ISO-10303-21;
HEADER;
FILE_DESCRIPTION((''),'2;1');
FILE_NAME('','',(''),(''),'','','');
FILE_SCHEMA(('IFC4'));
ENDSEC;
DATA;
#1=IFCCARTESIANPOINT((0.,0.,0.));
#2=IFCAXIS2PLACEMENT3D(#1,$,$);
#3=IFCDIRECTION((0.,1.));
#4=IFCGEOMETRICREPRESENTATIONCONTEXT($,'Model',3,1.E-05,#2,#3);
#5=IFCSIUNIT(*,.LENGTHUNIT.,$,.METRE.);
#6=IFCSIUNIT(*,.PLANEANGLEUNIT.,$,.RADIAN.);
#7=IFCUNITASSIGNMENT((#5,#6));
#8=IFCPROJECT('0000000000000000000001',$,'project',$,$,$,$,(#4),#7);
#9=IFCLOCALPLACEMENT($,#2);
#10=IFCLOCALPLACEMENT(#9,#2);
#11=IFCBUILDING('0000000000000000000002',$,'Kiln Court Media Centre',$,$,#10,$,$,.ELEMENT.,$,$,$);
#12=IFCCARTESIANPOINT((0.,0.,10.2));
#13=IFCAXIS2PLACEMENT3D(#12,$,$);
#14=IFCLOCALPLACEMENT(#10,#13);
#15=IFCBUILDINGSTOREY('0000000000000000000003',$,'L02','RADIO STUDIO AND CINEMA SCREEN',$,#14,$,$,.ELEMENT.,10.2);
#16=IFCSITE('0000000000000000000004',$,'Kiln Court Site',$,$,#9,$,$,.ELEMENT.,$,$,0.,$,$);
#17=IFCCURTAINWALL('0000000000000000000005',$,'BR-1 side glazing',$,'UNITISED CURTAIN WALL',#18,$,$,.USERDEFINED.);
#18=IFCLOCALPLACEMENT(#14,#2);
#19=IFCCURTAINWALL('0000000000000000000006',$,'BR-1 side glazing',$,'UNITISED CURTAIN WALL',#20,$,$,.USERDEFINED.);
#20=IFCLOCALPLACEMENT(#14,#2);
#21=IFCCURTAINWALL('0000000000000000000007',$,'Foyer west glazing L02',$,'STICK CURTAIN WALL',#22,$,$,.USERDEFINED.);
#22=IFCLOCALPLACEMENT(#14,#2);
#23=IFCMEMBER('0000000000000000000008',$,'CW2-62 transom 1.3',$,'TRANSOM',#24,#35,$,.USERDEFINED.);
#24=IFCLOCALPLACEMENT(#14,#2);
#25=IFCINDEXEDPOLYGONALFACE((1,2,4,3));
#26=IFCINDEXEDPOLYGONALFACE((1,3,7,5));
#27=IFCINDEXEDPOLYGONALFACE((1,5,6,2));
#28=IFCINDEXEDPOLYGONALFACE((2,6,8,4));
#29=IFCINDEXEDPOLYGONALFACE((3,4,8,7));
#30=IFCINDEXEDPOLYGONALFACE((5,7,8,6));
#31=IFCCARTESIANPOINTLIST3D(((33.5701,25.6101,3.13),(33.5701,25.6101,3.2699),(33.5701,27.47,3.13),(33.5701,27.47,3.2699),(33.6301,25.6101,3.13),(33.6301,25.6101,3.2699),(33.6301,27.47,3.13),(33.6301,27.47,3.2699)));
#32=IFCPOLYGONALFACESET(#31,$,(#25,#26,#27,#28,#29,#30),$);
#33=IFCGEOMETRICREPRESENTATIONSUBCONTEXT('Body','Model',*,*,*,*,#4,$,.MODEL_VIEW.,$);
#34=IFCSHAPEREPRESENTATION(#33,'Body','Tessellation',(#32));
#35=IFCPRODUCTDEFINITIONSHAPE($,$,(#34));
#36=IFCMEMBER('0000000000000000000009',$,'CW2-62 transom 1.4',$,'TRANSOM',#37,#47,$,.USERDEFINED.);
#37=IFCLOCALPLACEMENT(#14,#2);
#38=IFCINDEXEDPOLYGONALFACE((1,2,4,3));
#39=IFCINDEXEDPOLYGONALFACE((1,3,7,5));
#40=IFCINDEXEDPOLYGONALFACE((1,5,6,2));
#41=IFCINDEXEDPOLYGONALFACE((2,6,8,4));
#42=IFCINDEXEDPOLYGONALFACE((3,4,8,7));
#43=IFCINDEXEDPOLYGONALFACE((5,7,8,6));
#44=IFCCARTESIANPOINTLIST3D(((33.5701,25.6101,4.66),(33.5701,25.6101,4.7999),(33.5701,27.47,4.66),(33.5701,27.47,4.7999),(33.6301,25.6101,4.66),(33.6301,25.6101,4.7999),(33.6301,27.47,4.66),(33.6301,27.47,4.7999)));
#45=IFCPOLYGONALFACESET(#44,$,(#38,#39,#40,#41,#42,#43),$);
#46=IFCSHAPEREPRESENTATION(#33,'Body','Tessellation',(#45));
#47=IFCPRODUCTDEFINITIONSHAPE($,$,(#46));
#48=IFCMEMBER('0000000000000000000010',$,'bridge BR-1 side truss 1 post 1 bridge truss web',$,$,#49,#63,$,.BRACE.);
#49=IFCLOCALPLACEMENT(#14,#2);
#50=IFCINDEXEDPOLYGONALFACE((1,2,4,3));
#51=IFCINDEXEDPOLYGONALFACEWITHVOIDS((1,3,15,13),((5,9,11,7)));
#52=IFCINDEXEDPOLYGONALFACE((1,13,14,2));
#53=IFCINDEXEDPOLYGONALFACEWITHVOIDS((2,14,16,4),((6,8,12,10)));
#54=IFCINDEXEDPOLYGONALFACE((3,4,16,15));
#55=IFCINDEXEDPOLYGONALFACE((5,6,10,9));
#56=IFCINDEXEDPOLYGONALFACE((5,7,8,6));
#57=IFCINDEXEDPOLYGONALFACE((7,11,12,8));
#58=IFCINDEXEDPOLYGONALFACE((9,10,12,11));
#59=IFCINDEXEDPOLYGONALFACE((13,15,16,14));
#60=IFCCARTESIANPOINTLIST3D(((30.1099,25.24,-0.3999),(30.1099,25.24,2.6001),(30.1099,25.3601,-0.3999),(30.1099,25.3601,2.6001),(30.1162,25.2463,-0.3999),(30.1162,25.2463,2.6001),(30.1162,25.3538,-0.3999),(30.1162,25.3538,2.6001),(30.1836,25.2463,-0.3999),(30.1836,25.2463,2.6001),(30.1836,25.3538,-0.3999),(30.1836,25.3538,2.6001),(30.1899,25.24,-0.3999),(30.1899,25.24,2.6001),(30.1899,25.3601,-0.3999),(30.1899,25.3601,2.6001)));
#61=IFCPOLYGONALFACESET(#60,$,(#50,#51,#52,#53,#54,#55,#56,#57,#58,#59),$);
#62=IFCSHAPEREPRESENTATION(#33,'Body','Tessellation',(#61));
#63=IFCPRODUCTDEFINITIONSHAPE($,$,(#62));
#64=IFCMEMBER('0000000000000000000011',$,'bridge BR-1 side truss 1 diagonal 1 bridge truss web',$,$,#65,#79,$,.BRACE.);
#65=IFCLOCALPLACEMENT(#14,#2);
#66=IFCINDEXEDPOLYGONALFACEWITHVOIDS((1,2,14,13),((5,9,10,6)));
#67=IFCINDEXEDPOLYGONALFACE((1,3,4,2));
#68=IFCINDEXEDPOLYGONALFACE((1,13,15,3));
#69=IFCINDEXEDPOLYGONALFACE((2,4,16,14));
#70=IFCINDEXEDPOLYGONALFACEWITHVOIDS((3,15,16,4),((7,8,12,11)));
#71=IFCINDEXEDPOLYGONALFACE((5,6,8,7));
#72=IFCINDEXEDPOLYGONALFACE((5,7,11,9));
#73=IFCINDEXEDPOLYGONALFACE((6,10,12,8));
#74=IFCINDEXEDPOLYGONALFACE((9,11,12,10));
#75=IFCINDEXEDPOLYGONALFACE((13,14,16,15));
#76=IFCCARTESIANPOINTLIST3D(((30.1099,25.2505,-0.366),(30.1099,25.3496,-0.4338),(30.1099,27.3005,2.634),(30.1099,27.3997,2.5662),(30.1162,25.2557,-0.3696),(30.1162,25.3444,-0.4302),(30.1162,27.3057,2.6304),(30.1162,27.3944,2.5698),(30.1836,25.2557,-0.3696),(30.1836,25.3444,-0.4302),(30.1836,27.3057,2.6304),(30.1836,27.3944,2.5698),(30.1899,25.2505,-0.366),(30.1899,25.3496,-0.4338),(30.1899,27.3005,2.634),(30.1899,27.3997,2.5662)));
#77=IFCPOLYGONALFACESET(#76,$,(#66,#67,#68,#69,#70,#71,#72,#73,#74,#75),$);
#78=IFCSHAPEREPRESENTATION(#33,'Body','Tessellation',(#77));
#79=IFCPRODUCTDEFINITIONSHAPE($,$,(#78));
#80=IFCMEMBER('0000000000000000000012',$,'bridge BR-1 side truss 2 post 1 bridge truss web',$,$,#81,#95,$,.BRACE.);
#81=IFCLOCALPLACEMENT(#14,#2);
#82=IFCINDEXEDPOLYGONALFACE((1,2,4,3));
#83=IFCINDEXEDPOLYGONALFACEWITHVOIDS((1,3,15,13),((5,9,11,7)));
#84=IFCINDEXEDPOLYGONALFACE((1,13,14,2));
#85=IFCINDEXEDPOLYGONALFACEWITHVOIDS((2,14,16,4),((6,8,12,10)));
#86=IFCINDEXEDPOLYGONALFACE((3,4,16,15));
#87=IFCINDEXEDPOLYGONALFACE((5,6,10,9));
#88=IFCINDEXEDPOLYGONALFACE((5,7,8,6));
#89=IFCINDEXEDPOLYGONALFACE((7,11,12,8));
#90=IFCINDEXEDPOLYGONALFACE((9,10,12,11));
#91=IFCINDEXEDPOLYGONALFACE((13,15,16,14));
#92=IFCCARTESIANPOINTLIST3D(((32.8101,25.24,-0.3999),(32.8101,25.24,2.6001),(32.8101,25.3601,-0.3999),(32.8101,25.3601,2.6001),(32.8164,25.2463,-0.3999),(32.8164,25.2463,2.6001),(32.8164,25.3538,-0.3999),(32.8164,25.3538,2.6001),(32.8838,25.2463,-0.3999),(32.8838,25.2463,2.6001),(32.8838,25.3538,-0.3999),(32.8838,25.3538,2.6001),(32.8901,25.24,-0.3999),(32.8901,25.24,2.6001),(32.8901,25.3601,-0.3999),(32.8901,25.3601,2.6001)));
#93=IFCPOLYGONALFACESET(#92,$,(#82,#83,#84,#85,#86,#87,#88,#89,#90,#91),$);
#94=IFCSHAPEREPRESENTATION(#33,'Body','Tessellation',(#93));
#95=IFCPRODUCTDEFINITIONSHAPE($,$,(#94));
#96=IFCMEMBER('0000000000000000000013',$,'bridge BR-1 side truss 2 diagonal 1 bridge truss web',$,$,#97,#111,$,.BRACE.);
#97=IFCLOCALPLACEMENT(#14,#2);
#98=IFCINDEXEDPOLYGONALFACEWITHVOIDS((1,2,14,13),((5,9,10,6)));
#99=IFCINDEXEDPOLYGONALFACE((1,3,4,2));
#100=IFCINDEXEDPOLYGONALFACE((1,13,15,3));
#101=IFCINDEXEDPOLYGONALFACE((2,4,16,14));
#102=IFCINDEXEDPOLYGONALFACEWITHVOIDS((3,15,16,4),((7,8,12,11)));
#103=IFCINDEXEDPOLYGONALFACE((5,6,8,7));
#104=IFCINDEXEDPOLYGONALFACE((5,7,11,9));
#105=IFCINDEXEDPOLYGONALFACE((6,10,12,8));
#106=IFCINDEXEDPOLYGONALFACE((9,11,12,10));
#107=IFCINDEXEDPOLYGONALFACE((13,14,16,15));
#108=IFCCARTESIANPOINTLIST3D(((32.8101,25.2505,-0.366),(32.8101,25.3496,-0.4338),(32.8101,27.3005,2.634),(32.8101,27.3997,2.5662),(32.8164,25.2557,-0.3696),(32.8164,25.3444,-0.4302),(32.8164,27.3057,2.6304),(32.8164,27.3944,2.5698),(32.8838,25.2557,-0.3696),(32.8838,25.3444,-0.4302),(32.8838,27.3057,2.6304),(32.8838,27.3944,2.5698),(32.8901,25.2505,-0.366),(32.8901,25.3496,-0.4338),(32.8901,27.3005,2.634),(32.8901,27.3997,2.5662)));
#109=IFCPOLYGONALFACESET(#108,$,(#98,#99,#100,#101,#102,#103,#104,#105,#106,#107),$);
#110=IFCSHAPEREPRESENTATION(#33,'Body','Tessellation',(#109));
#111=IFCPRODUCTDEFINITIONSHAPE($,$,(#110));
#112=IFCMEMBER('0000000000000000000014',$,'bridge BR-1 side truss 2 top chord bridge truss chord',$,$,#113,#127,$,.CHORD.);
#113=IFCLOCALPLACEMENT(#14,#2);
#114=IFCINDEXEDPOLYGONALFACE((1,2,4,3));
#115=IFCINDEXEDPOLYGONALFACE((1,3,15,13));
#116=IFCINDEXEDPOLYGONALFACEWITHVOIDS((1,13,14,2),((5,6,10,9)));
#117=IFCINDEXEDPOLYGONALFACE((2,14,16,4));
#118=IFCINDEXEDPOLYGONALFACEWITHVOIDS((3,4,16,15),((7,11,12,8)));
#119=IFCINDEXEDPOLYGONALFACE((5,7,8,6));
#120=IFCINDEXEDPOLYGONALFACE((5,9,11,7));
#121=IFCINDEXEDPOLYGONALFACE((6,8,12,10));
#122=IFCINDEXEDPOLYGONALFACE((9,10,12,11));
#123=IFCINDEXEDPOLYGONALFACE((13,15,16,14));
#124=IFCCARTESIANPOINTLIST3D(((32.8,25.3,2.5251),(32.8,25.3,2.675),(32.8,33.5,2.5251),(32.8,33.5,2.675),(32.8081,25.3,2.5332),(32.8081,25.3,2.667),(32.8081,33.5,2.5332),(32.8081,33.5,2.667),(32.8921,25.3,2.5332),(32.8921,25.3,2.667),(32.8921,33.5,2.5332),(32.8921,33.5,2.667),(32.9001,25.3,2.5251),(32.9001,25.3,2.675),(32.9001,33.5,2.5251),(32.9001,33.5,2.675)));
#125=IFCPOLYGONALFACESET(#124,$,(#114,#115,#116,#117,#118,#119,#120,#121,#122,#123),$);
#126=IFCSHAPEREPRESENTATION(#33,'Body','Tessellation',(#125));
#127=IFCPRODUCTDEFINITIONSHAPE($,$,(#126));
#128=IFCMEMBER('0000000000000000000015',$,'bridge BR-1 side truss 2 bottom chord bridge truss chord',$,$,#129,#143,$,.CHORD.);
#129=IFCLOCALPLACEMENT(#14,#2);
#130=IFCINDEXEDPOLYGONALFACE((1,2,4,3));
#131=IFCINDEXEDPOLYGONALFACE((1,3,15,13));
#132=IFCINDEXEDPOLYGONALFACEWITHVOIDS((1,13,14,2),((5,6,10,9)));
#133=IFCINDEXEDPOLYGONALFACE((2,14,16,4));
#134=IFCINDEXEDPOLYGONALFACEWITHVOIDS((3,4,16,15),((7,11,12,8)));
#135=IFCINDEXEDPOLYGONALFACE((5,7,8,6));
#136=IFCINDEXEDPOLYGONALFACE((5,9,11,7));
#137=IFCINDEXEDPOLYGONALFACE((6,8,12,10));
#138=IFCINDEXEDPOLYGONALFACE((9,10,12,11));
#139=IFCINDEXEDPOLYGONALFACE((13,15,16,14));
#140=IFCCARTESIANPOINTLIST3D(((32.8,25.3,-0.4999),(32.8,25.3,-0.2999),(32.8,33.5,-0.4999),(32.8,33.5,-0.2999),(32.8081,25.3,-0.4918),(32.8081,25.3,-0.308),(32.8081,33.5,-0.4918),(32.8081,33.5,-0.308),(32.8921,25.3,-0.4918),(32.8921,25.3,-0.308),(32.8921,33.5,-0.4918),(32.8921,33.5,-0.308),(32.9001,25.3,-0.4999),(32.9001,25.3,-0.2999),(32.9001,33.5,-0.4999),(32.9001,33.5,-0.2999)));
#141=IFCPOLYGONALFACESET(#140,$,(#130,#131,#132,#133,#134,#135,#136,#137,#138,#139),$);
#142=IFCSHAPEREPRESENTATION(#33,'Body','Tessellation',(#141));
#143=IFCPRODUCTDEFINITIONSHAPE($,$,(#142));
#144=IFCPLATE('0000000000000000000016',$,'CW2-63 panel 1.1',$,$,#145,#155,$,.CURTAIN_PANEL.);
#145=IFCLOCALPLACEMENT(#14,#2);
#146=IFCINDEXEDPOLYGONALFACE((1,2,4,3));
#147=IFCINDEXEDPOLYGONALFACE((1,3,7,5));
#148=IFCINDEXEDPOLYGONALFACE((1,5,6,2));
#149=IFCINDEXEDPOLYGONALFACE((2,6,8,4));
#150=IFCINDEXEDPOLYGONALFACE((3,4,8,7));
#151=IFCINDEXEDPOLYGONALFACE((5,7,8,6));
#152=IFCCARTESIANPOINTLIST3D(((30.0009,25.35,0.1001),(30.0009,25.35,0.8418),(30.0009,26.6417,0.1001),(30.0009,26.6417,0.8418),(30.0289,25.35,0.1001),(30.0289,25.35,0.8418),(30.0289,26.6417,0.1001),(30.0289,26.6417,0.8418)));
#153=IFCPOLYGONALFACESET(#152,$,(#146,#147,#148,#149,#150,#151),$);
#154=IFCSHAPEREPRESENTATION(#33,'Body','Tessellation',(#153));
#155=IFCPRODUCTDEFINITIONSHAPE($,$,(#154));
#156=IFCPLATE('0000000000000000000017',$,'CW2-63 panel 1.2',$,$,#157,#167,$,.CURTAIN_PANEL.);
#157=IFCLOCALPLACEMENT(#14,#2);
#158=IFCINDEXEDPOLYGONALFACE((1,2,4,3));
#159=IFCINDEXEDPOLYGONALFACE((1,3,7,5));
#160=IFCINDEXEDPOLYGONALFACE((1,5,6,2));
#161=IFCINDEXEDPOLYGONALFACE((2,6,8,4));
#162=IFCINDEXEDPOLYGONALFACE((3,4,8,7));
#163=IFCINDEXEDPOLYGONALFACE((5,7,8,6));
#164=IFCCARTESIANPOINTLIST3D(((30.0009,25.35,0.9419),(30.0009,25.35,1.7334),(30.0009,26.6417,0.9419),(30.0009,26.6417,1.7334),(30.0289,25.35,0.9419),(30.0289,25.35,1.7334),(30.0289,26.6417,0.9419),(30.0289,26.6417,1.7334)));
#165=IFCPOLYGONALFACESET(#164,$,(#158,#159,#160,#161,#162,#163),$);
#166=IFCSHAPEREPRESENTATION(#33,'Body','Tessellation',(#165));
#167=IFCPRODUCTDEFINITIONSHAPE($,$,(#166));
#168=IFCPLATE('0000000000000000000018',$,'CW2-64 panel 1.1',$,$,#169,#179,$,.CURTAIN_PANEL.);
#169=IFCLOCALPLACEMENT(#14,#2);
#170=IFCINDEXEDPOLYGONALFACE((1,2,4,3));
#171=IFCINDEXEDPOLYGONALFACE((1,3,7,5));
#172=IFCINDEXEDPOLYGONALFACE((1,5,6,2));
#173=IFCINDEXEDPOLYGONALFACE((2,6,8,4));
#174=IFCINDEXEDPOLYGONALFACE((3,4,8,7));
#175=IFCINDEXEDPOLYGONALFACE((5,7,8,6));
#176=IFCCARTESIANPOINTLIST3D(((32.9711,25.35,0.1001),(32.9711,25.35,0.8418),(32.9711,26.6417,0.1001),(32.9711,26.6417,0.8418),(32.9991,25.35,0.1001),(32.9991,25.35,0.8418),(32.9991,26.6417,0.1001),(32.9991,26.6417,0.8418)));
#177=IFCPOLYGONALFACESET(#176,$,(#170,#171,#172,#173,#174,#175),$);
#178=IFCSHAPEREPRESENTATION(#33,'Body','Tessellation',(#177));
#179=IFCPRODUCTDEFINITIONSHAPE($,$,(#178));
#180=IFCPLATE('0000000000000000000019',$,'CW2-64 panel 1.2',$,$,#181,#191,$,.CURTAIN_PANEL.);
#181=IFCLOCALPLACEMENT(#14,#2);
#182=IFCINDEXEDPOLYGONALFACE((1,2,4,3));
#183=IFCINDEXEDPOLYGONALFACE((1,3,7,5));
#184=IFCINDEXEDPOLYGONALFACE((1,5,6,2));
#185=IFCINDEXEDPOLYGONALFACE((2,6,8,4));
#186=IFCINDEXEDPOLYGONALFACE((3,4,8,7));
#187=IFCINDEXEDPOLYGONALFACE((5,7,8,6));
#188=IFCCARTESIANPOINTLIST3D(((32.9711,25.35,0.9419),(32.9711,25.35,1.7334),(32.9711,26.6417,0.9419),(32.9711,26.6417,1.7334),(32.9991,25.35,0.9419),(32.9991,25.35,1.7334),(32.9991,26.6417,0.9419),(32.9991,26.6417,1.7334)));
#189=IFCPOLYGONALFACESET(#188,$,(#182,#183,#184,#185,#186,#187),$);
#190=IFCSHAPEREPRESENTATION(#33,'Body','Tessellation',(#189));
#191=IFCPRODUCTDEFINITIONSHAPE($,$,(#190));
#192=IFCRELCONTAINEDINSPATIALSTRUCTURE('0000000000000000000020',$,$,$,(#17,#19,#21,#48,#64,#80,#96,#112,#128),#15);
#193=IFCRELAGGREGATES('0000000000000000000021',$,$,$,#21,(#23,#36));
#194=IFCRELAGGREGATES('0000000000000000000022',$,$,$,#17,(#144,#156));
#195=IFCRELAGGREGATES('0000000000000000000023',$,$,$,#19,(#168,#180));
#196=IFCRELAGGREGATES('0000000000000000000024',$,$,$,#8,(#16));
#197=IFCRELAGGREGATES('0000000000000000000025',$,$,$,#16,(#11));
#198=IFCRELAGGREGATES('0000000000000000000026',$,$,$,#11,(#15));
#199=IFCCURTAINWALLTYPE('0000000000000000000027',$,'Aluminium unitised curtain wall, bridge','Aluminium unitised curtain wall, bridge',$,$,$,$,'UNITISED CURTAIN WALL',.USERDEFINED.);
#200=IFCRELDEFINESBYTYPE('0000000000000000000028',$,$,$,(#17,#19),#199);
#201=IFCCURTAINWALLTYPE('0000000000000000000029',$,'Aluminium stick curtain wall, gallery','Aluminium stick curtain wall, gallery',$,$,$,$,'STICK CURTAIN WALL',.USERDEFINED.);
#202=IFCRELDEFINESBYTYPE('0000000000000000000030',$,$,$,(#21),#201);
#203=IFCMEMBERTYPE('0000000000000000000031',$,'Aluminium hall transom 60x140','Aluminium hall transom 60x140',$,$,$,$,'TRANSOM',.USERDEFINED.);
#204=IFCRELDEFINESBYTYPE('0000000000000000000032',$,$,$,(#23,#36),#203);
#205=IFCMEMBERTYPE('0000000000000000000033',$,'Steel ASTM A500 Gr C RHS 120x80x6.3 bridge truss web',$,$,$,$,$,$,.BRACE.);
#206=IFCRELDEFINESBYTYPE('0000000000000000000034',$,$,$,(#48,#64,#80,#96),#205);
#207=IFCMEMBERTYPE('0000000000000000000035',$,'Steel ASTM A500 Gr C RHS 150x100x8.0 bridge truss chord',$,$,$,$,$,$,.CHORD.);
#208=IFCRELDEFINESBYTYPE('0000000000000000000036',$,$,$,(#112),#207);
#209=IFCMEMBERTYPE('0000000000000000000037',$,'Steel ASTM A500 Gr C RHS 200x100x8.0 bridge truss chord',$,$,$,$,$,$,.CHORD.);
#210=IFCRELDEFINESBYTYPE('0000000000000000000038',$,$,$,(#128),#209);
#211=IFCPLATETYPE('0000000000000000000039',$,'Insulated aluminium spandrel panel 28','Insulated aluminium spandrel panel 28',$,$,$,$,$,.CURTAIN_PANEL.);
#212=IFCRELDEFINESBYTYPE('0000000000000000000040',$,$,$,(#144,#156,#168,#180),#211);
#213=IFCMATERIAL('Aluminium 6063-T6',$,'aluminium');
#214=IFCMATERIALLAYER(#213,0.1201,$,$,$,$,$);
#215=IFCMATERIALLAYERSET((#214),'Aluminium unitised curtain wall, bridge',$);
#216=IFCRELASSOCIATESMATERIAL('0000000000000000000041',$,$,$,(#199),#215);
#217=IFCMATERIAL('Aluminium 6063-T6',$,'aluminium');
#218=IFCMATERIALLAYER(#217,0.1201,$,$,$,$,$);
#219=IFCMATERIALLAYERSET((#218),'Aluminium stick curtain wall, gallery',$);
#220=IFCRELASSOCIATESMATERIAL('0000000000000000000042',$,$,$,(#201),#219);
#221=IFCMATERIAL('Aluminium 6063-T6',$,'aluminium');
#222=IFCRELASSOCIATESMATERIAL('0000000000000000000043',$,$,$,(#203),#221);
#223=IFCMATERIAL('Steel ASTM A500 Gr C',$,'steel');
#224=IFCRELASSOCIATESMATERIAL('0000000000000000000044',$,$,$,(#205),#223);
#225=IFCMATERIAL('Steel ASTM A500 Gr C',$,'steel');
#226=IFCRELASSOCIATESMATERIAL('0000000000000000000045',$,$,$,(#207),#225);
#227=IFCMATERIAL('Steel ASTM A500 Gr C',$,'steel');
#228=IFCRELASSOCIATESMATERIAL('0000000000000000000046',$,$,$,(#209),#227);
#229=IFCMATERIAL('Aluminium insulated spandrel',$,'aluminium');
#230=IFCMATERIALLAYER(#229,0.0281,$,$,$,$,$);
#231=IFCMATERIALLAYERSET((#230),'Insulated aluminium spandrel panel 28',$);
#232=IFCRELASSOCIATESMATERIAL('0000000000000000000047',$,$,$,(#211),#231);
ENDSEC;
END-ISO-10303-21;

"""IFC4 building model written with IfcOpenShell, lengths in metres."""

from ifc_helpers import new_model, si_unit, direction, frame, origin, origin_2d, place, context, subcontext, project, spatial, rectangle, hollow_rectangle, extrude, material, layer, layer_set, material_profile, profile_set, type_object, element, aggregate, save


model = new_model("IFC4")

# Units and contexts
model_context = context("Model", 3, precision=1e-05, world=origin(), true_north=direction((0.0, 1.0)))
body_context = subcontext(model_context, "Body", "Model", "MODEL_VIEW")
ifc_project = project(units=[si_unit("LENGTHUNIT", "METRE"), si_unit("PLANEANGLEUNIT", "RADIAN")], contexts=[model_context])

# Site, building, storey
site_placement = place(None, origin())
site = spatial("IfcSite", under=ifc_project, at=site_placement, Name="Kiln Court Site", CompositionType="ELEMENT", RefElevation=0.0)
building_placement = place(site_placement, origin())
building = spatial("IfcBuilding", under=site, at=building_placement, Name="Kiln Court Media Centre", CompositionType="ELEMENT")
storey_placement = place(building_placement, frame((0.0, 0.0, 10.2)))
storey = spatial("IfcBuildingStorey", under=building, at=storey_placement, Name="L02", Description="RADIO STUDIO AND CINEMA SCREEN", CompositionType="ELEMENT", Elevation=10.2)

# Curtain walls
ifc_material_1 = material(Name="Aluminium 6063-T6", Category="aluminium")
ifc_layer_1 = layer(ifc_material_1, 0.1201)
ifc_layer_set_1 = layer_set([ifc_layer_1], Name="Aluminium unitised curtain wall, bridge")
curtain_wall_type_1 = type_object("IfcCurtainWallType", Name="Aluminium unitised curtain wall, bridge", Description="Aluminium unitised curtain wall, bridge", ElementType="UNITISED CURTAIN WALL", PredefinedType="USERDEFINED", material=ifc_layer_set_1)
curtain_wall_1_placement = place(storey_placement, origin())
curtain_wall_1 = element("IfcCurtainWall", 1, at=curtain_wall_1_placement, inside=storey, type_object=curtain_wall_type_1, Name="BR-1 side glazing", ObjectType="UNITISED CURTAIN WALL", PredefinedType="USERDEFINED")
curtain_wall_2_placement = place(storey_placement, origin())
curtain_wall_2 = element("IfcCurtainWall", 2, at=curtain_wall_2_placement, inside=storey, type_object=curtain_wall_type_1, Name="BR-1 side glazing", ObjectType="UNITISED CURTAIN WALL", PredefinedType="USERDEFINED")
ifc_material_2 = material(Name="Aluminium 6063-T6", Category="aluminium")
ifc_layer_2 = layer(ifc_material_2, 0.1201)
ifc_layer_set_2 = layer_set([ifc_layer_2], Name="Aluminium stick curtain wall, gallery")
curtain_wall_type_2 = type_object("IfcCurtainWallType", Name="Aluminium stick curtain wall, gallery", Description="Aluminium stick curtain wall, gallery", ElementType="STICK CURTAIN WALL", PredefinedType="USERDEFINED", material=ifc_layer_set_2)
curtain_wall_3_placement = place(storey_placement, origin())
curtain_wall_3 = element("IfcCurtainWall", 3, at=curtain_wall_3_placement, inside=storey, type_object=curtain_wall_type_2, Name="Foyer west glazing L02", ObjectType="STICK CURTAIN WALL", PredefinedType="USERDEFINED")

# Members
ifc_material_3 = material(Name="Aluminium 6063-T6", Category="aluminium")
ifc_material_profile_1 = material_profile(ifc_material_3, rectangle(XDim=0.0601, YDim=0.1399, at=origin_2d()), Name="Aluminium hall transom 60x140")
ifc_profile_set_1 = profile_set([ifc_material_profile_1], Name="Aluminium 6063-T6")
member_type_1 = type_object("IfcMemberType", Name="Aluminium hall transom 60x140", Description="Aluminium hall transom 60x140", ElementType="TRANSOM", PredefinedType="USERDEFINED", material=ifc_profile_set_1)
member_1_placement = place(storey_placement, frame((33.6001, 25.6101, 3.2), z_axis=(0.0, 1.0, 0.0), x_axis=(-1.0, 0.0, 0.0)))
member_1 = element("IfcMember", 4, at=member_1_placement, type_object=member_type_1, Name="CW2-62 transom 1.3", ObjectType="TRANSOM", PredefinedType="USERDEFINED", context=body_context, shape_type="SweptSolid", body=[
    extrude(rectangle(XDim=0.0601, YDim=0.1399, at=origin_2d()), origin(), (0.0, 0.0, 1.0), 1.8599),
])
member_2_placement = place(storey_placement, frame((33.6001, 25.6101, 4.73), z_axis=(0.0, 1.0, 0.0), x_axis=(-1.0, 0.0, 0.0)))
member_2 = element("IfcMember", 5, at=member_2_placement, type_object=member_type_1, Name="CW2-62 transom 1.4", ObjectType="TRANSOM", PredefinedType="USERDEFINED", context=body_context, shape_type="SweptSolid", body=[
    extrude(rectangle(XDim=0.0601, YDim=0.1399, at=origin_2d()), origin(), (0.0, 0.0, 1.0), 1.8599),
])
aggregate(curtain_wall_3, [member_1, member_2])

# Members
ifc_material_4 = material(Name="Steel ASTM A500 Gr C", Category="steel")
ifc_material_profile_2 = material_profile(ifc_material_4, hollow_rectangle(XDim=0.0801, YDim=0.1201, WallThickness=0.0063, at=origin_2d()), Name="RHS 120x80x6.3")
ifc_profile_set_2 = profile_set([ifc_material_profile_2], Name="Steel ASTM A500 Gr C")
member_type_2 = type_object("IfcMemberType", Name="Steel ASTM A500 Gr C RHS 120x80x6.3 bridge truss web", PredefinedType="BRACE", material=ifc_profile_set_2)
member_3_placement = place(storey_placement, frame((30.1499, 25.3, -0.3999), z_axis=(0.0, 0.0, 1.0), x_axis=(1.0, 0.0, 0.0)))
element("IfcMember", 6, at=member_3_placement, inside=storey, type_object=member_type_2, Name="bridge BR-1 side truss 1 post 1 bridge truss web", PredefinedType="BRACE", context=body_context, shape_type="SweptSolid", body=[
    extrude(hollow_rectangle(XDim=0.0801, YDim=0.1201, WallThickness=0.0063, at=origin_2d()), origin(), (0.0, 0.0, 1.0), 3.0),
])
member_4_placement = place(storey_placement, frame((30.1499, 25.3, -0.3999), z_axis=(0.0, 0.5642, 0.825638), x_axis=(-1.0, 0.0, 0.0)))
element("IfcMember", 7, at=member_4_placement, inside=storey, type_object=member_type_2, Name="bridge BR-1 side truss 1 diagonal 1 bridge truss web", PredefinedType="BRACE", context=body_context, shape_type="SweptSolid", body=[
    extrude(hollow_rectangle(XDim=0.0801, YDim=0.1201, WallThickness=0.0063, at=origin_2d()), origin(), (0.0, 0.0, 1.0), 3.6335),
])
member_5_placement = place(storey_placement, frame((32.8501, 25.3, -0.3999), z_axis=(0.0, 0.0, 1.0), x_axis=(1.0, 0.0, 0.0)))
element("IfcMember", 8, at=member_5_placement, inside=storey, type_object=member_type_2, Name="bridge BR-1 side truss 2 post 1 bridge truss web", PredefinedType="BRACE", context=body_context, shape_type="SweptSolid", body=[
    extrude(hollow_rectangle(XDim=0.0801, YDim=0.1201, WallThickness=0.0063, at=origin_2d()), origin(), (0.0, 0.0, 1.0), 3.0),
])
member_6_placement = place(storey_placement, frame((32.8501, 25.3, -0.3999), z_axis=(0.0, 0.5642, 0.825638), x_axis=(-1.0, 0.0, 0.0)))
element("IfcMember", 9, at=member_6_placement, inside=storey, type_object=member_type_2, Name="bridge BR-1 side truss 2 diagonal 1 bridge truss web", PredefinedType="BRACE", context=body_context, shape_type="SweptSolid", body=[
    extrude(hollow_rectangle(XDim=0.0801, YDim=0.1201, WallThickness=0.0063, at=origin_2d()), origin(), (0.0, 0.0, 1.0), 3.6335),
])
ifc_material_5 = material(Name="Steel ASTM A500 Gr C", Category="steel")
ifc_material_profile_3 = material_profile(ifc_material_5, hollow_rectangle(XDim=0.1001, YDim=0.1499, WallThickness=0.0081, at=origin_2d()), Name="RHS 150x100x8.0")
ifc_profile_set_3 = profile_set([ifc_material_profile_3], Name="Steel ASTM A500 Gr C")
member_type_3 = type_object("IfcMemberType", Name="Steel ASTM A500 Gr C RHS 150x100x8.0 bridge truss chord", PredefinedType="CHORD", material=ifc_profile_set_3)
member_7_placement = place(storey_placement, frame((32.8501, 25.3, 2.6001), z_axis=(0.0, 1.0, 0.0), x_axis=(-1.0, 0.0, 0.0)))
element("IfcMember", 10, at=member_7_placement, inside=storey, type_object=member_type_3, Name="bridge BR-1 side truss 2 top chord bridge truss chord", PredefinedType="CHORD", context=body_context, shape_type="SweptSolid", body=[
    extrude(hollow_rectangle(XDim=0.1001, YDim=0.1499, WallThickness=0.0081, at=origin_2d()), origin(), (0.0, 0.0, 1.0), 8.2),
])
ifc_material_6 = material(Name="Steel ASTM A500 Gr C", Category="steel")
ifc_material_profile_4 = material_profile(ifc_material_6, hollow_rectangle(XDim=0.1001, YDim=0.2, WallThickness=0.0081, at=origin_2d()), Name="RHS 200x100x8.0")
ifc_profile_set_4 = profile_set([ifc_material_profile_4], Name="Steel ASTM A500 Gr C")
member_type_4 = type_object("IfcMemberType", Name="Steel ASTM A500 Gr C RHS 200x100x8.0 bridge truss chord", PredefinedType="CHORD", material=ifc_profile_set_4)
member_8_placement = place(storey_placement, frame((32.8501, 25.3, -0.3999), z_axis=(0.0, 1.0, 0.0), x_axis=(-1.0, 0.0, 0.0)))
element("IfcMember", 11, at=member_8_placement, inside=storey, type_object=member_type_4, Name="bridge BR-1 side truss 2 bottom chord bridge truss chord", PredefinedType="CHORD", context=body_context, shape_type="SweptSolid", body=[
    extrude(hollow_rectangle(XDim=0.1001, YDim=0.2, WallThickness=0.0081, at=origin_2d()), origin(), (0.0, 0.0, 1.0), 8.2),
])

# Plates
ifc_material_7 = material(Name="Aluminium insulated spandrel", Category="aluminium")
ifc_layer_3 = layer(ifc_material_7, 0.0281)
ifc_layer_set_3 = layer_set([ifc_layer_3], Name="Insulated aluminium spandrel panel 28")
plate_type_1 = type_object("IfcPlateType", Name="Insulated aluminium spandrel panel 28", Description="Insulated aluminium spandrel panel 28", PredefinedType="CURTAIN_PANEL", material=ifc_layer_set_3)
plate_1_placement = place(storey_placement, frame((30.0149, 25.9958, 0.1001), z_axis=(0.0, 0.0, 1.0), x_axis=(0.0, 1.0, 0.0)))
plate_1 = element("IfcPlate", 12, at=plate_1_placement, type_object=plate_type_1, Name="CW2-63 panel 1.1", PredefinedType="CURTAIN_PANEL", context=body_context, shape_type="SweptSolid", body=[
    extrude(rectangle(XDim=1.2917, YDim=0.0281, at=origin_2d()), origin(), (0.0, 0.0, 1.0), 0.7417),
])
plate_2_placement = place(storey_placement, frame((30.0149, 25.9958, 0.9419), z_axis=(0.0, 0.0, 1.0), x_axis=(0.0, 1.0, 0.0)))
plate_2 = element("IfcPlate", 13, at=plate_2_placement, type_object=plate_type_1, Name="CW2-63 panel 1.2", PredefinedType="CURTAIN_PANEL", context=body_context, shape_type="SweptSolid", body=[
    extrude(rectangle(XDim=1.2917, YDim=0.0281, at=origin_2d()), origin(), (0.0, 0.0, 1.0), 0.7915),
])
plate_3_placement = place(storey_placement, frame((32.9851, 25.9958, 0.1001), z_axis=(0.0, 0.0, 1.0), x_axis=(0.0, 1.0, 0.0)))
plate_3 = element("IfcPlate", 14, at=plate_3_placement, type_object=plate_type_1, Name="CW2-64 panel 1.1", PredefinedType="CURTAIN_PANEL", context=body_context, shape_type="SweptSolid", body=[
    extrude(rectangle(XDim=1.2917, YDim=0.0281, at=origin_2d()), origin(), (0.0, 0.0, 1.0), 0.7417),
])
plate_4_placement = place(storey_placement, frame((32.9851, 25.9958, 0.9419), z_axis=(0.0, 0.0, 1.0), x_axis=(0.0, 1.0, 0.0)))
plate_4 = element("IfcPlate", 15, at=plate_4_placement, type_object=plate_type_1, Name="CW2-64 panel 1.2", PredefinedType="CURTAIN_PANEL", context=body_context, shape_type="SweptSolid", body=[
    extrude(rectangle(XDim=1.2917, YDim=0.0281, at=origin_2d()), origin(), (0.0, 0.0, 1.0), 0.7915),
])
aggregate(curtain_wall_1, [plate_1, plate_2])
aggregate(curtain_wall_2, [plate_3, plate_4])

save(model, "model.ifc")
